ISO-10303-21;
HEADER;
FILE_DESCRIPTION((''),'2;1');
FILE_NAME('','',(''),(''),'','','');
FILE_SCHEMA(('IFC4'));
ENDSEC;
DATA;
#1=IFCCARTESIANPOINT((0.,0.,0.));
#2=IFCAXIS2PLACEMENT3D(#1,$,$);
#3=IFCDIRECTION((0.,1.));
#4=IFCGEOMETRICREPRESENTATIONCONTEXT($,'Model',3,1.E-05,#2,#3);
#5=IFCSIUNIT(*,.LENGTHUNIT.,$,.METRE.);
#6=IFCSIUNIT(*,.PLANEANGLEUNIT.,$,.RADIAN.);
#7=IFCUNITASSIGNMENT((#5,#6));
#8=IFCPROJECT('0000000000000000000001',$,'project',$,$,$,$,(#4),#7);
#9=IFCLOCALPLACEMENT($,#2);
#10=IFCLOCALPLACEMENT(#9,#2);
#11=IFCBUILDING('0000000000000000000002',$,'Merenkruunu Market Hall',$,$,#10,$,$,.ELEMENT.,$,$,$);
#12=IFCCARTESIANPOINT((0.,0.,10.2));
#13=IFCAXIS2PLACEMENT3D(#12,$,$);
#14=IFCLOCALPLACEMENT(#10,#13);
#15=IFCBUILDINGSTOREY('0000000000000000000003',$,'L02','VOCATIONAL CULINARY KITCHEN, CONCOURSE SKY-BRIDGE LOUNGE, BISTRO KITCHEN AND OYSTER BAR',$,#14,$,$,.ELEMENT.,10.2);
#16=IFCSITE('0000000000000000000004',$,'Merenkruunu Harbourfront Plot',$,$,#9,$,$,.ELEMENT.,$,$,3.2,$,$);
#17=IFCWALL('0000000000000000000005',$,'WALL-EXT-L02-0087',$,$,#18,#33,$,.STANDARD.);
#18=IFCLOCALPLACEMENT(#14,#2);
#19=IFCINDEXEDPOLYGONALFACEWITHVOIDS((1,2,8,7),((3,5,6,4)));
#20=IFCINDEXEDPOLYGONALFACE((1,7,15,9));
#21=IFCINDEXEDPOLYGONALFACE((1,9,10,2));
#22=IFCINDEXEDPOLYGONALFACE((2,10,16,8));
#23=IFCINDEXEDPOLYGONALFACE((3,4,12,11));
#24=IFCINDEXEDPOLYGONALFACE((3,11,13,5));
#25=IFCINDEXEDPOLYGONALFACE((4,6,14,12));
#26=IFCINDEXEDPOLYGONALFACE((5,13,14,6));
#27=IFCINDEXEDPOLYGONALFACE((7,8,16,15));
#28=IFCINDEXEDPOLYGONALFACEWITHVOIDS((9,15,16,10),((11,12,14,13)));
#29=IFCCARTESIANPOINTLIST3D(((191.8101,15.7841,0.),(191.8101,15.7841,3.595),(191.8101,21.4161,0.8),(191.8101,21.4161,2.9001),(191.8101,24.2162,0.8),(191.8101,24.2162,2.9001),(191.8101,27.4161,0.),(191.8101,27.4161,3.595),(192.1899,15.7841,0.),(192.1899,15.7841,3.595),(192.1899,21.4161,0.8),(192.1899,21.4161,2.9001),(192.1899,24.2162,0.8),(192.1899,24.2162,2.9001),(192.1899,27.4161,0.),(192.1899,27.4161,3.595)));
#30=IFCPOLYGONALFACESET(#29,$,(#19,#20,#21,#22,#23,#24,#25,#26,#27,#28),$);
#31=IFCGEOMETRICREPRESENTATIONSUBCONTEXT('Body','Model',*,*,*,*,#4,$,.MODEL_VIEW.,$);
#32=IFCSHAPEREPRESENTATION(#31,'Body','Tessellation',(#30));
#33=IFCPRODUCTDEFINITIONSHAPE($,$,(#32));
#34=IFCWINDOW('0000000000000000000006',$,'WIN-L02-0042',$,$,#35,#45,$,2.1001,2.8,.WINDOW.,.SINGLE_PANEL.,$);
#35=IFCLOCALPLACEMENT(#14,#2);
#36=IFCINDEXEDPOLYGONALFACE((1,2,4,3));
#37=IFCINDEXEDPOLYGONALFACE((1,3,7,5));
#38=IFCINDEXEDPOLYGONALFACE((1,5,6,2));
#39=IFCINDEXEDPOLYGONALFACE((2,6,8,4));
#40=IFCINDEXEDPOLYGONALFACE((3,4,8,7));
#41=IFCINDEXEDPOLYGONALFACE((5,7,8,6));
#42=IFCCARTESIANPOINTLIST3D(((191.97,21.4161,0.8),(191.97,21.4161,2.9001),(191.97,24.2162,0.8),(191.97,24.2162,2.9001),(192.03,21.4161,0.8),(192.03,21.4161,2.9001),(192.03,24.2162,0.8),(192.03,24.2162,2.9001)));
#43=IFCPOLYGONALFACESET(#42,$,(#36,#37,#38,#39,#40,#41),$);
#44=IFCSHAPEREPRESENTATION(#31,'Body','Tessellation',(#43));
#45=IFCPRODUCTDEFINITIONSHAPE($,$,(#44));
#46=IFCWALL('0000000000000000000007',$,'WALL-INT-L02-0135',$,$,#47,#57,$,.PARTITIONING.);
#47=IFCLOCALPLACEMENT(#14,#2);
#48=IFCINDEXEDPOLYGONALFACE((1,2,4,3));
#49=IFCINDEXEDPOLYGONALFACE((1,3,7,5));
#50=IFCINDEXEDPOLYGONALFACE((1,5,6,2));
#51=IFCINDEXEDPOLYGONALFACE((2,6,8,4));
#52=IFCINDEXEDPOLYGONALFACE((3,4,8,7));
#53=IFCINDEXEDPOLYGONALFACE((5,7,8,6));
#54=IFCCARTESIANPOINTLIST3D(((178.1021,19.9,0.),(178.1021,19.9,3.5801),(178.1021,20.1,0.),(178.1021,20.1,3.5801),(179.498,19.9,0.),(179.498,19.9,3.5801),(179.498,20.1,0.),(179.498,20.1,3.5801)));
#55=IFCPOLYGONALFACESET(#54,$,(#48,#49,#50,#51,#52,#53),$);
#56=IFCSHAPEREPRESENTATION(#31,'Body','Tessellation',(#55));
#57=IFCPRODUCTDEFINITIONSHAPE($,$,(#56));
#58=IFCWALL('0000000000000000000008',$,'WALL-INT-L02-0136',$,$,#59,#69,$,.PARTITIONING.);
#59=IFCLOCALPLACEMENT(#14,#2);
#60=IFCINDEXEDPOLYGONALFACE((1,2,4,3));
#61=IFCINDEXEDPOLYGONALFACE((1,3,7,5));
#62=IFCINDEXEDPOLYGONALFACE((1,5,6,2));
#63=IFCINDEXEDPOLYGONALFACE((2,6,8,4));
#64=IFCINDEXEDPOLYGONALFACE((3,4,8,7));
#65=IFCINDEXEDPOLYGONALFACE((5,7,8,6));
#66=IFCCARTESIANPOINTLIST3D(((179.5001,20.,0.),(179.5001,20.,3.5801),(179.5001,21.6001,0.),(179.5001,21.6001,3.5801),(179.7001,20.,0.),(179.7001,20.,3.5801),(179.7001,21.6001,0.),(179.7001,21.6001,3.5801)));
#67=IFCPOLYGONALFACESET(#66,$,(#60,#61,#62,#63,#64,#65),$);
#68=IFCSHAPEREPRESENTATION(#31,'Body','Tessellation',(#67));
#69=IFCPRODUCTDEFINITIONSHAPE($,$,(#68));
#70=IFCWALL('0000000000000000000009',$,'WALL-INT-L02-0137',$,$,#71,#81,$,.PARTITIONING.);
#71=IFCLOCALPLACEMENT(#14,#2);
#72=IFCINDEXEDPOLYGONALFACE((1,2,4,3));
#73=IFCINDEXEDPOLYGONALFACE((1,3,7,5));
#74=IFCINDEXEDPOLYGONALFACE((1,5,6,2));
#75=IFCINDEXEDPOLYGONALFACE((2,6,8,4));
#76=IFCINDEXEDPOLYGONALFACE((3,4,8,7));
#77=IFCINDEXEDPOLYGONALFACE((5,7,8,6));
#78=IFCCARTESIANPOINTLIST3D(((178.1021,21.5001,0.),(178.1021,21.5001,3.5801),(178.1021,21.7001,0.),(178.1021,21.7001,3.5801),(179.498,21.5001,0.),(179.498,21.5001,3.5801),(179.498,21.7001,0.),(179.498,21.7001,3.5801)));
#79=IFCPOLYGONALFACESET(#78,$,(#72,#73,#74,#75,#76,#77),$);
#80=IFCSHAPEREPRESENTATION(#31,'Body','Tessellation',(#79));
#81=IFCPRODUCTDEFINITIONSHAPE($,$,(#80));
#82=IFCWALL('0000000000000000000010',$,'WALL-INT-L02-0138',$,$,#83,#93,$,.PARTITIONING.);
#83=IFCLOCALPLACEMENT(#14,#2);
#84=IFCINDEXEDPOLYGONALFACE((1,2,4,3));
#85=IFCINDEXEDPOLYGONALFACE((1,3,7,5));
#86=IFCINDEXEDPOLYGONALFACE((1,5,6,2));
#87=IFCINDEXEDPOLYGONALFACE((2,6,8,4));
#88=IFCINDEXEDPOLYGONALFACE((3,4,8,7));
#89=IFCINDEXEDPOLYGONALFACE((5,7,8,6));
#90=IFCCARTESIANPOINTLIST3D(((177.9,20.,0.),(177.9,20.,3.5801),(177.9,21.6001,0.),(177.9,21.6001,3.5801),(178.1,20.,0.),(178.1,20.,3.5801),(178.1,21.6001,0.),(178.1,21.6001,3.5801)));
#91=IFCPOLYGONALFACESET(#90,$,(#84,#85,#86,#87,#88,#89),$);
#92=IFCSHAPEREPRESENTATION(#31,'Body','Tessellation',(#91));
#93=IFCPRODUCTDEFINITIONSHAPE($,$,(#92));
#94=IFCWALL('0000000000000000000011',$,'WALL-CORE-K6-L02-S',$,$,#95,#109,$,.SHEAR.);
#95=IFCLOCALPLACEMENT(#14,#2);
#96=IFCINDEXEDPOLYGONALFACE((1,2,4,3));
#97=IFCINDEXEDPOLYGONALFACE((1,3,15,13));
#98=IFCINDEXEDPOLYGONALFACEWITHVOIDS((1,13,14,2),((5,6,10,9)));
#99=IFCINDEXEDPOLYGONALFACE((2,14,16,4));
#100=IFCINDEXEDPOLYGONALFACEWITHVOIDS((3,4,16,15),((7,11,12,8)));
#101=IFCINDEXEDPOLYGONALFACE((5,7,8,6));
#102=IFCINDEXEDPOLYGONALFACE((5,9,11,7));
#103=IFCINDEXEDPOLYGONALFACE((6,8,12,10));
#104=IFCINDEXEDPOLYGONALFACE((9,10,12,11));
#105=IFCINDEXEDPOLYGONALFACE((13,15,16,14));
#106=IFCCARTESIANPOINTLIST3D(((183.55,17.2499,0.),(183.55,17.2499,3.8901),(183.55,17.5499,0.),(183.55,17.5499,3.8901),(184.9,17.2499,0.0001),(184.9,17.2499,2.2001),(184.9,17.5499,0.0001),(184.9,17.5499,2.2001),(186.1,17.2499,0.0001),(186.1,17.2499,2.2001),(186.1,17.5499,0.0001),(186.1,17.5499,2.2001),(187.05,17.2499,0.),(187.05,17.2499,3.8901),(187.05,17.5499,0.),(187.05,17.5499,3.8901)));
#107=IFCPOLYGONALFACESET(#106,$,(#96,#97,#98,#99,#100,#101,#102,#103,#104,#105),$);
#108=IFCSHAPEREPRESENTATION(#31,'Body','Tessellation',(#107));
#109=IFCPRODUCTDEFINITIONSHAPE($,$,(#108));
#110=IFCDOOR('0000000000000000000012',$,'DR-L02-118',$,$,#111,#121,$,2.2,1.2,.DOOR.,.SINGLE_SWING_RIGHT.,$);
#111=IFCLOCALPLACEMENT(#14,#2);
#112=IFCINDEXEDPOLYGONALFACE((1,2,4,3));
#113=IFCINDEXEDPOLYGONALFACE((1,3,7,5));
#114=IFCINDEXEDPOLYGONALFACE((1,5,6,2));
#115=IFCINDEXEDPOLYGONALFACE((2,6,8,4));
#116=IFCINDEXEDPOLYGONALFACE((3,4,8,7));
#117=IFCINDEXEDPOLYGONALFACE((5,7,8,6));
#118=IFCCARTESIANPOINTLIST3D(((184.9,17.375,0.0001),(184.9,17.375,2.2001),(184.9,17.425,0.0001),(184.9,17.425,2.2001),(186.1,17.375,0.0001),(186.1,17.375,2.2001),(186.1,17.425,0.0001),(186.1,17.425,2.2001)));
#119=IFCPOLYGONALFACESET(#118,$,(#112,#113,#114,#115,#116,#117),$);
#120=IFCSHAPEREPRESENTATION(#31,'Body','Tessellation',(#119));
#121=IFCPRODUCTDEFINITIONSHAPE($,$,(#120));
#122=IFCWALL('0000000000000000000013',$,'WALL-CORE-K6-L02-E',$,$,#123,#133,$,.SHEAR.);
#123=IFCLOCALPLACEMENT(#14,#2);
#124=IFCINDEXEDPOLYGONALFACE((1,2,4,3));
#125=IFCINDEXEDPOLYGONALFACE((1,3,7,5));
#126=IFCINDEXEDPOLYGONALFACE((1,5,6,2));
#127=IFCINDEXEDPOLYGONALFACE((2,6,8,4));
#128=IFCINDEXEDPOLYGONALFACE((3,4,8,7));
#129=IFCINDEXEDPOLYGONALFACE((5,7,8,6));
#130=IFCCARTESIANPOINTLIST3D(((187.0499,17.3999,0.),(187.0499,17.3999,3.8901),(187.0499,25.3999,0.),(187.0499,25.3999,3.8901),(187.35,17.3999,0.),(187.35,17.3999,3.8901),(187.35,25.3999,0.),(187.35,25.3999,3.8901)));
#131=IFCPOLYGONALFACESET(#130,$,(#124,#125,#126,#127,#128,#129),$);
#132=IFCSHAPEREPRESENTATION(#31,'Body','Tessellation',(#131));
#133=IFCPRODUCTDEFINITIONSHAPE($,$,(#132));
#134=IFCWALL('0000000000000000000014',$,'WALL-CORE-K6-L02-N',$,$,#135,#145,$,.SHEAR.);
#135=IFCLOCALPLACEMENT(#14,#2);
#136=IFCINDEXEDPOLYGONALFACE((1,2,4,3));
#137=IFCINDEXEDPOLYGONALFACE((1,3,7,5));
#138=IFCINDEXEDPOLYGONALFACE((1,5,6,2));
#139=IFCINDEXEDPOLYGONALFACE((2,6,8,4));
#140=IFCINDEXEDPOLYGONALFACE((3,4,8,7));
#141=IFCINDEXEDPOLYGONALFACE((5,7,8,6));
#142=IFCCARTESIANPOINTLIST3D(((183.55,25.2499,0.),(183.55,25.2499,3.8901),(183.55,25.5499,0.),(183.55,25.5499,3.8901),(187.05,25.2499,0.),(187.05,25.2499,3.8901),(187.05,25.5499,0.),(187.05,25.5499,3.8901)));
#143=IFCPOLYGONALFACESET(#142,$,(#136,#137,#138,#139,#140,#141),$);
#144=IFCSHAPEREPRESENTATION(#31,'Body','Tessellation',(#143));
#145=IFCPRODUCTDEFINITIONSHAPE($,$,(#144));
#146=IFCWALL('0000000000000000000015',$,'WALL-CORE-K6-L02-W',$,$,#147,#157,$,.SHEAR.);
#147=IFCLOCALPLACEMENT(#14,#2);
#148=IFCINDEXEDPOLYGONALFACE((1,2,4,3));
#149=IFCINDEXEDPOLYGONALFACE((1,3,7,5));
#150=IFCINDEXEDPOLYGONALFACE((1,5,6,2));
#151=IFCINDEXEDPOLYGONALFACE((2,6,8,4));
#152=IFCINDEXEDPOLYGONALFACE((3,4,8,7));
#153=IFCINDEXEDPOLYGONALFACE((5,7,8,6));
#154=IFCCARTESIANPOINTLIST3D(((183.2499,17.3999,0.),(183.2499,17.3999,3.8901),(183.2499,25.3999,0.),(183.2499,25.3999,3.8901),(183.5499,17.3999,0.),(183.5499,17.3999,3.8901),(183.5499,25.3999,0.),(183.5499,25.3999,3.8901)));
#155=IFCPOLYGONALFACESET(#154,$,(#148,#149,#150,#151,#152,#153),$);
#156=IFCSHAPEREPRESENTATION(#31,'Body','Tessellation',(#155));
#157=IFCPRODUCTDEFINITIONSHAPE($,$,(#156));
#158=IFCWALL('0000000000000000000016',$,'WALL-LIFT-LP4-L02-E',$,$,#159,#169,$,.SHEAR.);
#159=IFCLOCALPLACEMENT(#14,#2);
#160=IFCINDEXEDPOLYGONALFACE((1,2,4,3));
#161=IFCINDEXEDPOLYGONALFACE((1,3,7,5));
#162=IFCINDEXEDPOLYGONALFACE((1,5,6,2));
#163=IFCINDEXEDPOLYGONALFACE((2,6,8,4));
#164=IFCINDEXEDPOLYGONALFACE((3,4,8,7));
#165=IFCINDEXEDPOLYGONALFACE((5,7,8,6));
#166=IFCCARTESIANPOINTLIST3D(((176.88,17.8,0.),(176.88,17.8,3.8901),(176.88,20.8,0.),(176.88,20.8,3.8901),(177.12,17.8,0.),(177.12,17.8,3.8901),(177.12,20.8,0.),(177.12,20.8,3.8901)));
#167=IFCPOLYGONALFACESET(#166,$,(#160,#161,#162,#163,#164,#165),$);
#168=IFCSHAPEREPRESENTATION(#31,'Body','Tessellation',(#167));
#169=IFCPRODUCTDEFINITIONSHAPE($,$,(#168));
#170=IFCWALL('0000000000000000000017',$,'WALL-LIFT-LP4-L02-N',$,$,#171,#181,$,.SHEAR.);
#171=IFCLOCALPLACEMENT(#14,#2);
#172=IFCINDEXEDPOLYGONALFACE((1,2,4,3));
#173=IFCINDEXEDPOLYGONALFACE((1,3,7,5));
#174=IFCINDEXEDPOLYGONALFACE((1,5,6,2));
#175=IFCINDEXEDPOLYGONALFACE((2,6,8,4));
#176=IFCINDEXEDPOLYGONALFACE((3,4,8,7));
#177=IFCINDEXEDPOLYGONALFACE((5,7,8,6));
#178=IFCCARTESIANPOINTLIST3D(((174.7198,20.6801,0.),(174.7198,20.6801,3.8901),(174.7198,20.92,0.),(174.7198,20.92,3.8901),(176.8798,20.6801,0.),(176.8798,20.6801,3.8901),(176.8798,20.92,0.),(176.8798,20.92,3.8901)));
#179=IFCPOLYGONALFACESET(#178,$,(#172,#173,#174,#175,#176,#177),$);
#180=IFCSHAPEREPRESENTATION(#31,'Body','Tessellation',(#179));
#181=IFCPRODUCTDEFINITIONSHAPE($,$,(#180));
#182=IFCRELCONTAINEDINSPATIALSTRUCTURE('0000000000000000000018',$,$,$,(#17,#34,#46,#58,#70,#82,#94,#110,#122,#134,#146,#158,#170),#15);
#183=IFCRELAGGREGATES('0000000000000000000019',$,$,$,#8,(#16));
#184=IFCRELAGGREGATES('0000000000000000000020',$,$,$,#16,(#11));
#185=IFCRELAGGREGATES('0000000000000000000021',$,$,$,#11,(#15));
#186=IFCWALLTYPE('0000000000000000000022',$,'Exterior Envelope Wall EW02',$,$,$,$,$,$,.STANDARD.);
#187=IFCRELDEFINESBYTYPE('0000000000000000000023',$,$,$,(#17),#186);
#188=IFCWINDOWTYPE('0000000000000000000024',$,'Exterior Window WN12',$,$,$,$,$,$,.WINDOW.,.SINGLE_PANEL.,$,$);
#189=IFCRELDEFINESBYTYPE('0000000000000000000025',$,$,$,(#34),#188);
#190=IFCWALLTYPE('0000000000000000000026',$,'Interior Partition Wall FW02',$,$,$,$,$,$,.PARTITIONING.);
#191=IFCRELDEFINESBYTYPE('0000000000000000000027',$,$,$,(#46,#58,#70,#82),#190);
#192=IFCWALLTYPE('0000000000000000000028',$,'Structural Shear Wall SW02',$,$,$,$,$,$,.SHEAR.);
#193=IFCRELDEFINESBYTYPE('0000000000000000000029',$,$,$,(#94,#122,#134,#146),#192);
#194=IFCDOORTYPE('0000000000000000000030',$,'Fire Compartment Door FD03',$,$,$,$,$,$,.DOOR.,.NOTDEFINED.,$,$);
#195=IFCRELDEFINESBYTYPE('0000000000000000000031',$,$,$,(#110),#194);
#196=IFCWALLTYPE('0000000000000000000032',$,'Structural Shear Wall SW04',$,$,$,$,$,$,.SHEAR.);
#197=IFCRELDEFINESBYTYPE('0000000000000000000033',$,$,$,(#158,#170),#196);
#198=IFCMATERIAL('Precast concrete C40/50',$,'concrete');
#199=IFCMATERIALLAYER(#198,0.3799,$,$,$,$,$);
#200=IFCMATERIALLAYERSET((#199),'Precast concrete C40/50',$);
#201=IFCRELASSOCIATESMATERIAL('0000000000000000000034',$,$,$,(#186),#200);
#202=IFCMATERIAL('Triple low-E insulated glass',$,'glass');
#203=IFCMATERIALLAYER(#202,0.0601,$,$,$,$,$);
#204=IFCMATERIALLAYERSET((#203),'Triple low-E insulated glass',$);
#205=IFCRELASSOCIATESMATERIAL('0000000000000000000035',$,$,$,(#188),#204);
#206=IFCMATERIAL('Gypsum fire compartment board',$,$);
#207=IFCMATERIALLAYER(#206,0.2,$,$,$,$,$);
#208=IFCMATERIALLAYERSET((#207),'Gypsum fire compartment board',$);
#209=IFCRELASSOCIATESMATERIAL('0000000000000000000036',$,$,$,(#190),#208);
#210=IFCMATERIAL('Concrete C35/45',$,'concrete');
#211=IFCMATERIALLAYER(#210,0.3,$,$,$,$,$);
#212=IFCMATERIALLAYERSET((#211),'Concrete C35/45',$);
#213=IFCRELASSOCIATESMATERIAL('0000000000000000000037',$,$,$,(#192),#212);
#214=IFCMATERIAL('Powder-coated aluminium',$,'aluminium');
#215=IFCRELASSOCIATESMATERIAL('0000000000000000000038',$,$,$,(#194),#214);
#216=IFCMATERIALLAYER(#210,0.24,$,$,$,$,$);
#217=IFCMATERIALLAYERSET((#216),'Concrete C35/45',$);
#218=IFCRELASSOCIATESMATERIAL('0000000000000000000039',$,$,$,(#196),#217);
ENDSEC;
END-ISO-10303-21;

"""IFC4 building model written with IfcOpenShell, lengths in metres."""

from ifc_helpers import new_model, si_unit, direction, frame, frame_2d, origin, place, context, subcontext, project, spatial, rectangle, extrude, material, layer, layer_set, type_object, element, fill, save


model = new_model("IFC4")

# Units and contexts
model_context = context("Model", 3, precision=1e-05, world=origin(), true_north=direction((0.0, 1.0)))
body_context = subcontext(model_context, "Body", "Model", "MODEL_VIEW")
ifc_project = project(units=[si_unit("LENGTHUNIT", "METRE"), si_unit("PLANEANGLEUNIT", "RADIAN")], contexts=[model_context])

# Site, building, storey
site_placement = place(None, origin())
site = spatial("IfcSite", under=ifc_project, at=site_placement, Name="Merenkruunu Harbourfront Plot", CompositionType="ELEMENT", RefElevation=3.2)
building_placement = place(site_placement, origin())
building = spatial("IfcBuilding", under=site, at=building_placement, Name="Merenkruunu Market Hall", CompositionType="ELEMENT")
storey_placement = place(building_placement, frame((0.0, 0.0, 10.2)))
storey = spatial("IfcBuildingStorey", under=building, at=storey_placement, Name="L02", Description="VOCATIONAL CULINARY KITCHEN, CONCOURSE SKY-BRIDGE LOUNGE, BISTRO KITCHEN AND OYSTER BAR", CompositionType="ELEMENT", Elevation=10.2)

# Wall, opening, window
ifc_material_1 = material(Name="Precast concrete C40/50", Category="concrete")
ifc_layer_1 = layer(ifc_material_1, 0.3799)
ifc_layer_set_1 = layer_set([ifc_layer_1], Name="Precast concrete C40/50")
wall_type_1 = type_object("IfcWallType", Name="Exterior Envelope Wall EW02", PredefinedType="STANDARD", material=ifc_layer_set_1)
wall_1_placement = place(storey_placement, frame((192.0, 27.416, 0.0), z_axis=(0.0, 0.0, 1.0), x_axis=(0.0, -1.0, 0.0)))
wall_1 = element("IfcWall", 1, at=wall_1_placement, inside=storey, type_object=wall_type_1, Name="WALL-EXT-L02-0087", PredefinedType="STANDARD", context=body_context, shape_type="SweptSolid", body=[
    extrude(rectangle(XDim=11.6321, YDim=0.3799, at=frame_2d((5.8159, 0.0))), origin(), (0.0, 0.0, 1.0), 3.595),
])
opening_1_placement = place(wall_1_placement, frame((3.2, 0.0, 0.8)))
opening_1 = element("IfcOpeningElement", 2, at=opening_1_placement, cuts=wall_1, PredefinedType="OPENING", context=body_context, shape_type="SweptSolid", body=[
    extrude(rectangle(XDim=2.8, YDim=2.1001, at=frame_2d((1.3999, 1.05))), frame((0.0, 0.2, 0.0), z_axis=(0.0, -1.0, 0.0), x_axis=(1.0, 0.0, 0.0)), (0.0, 0.0, 1.0), 0.3999),
])
ifc_material_2 = material(Name="Triple low-E insulated glass", Category="glass")
ifc_layer_2 = layer(ifc_material_2, 0.0601)
ifc_layer_set_2 = layer_set([ifc_layer_2], Name="Triple low-E insulated glass")
window_type = type_object("IfcWindowType", Name="Exterior Window WN12", PartitioningType="SINGLE_PANEL", PredefinedType="WINDOW", material=ifc_layer_set_2)
window_placement = place(opening_1_placement, origin())
window = element("IfcWindow", 3, at=window_placement, inside=storey, type_object=window_type, Name="WIN-L02-0042", OverallHeight=2.1001, OverallWidth=2.8, PartitioningType="SINGLE_PANEL", PredefinedType="WINDOW", context=body_context, shape_type="SweptSolid", body=[
    extrude(rectangle(XDim=2.8, YDim=2.1001, at=frame_2d((1.3999, 1.05))), frame((0.0, 0.03, 0.0), z_axis=(0.0, -1.0, 0.0), x_axis=(1.0, 0.0, 0.0)), (0.0, 0.0, 1.0), 0.0601),
])
fill(opening_1, window)

# Walls
ifc_material_3 = material(Name="Gypsum fire compartment board")
ifc_layer_3 = layer(ifc_material_3, 0.2)
ifc_layer_set_3 = layer_set([ifc_layer_3], Name="Gypsum fire compartment board")
wall_type_2 = type_object("IfcWallType", Name="Interior Partition Wall FW02", PredefinedType="PARTITIONING", material=ifc_layer_set_3)
wall_2_placement = place(storey_placement, frame((178.1021, 20.0, 0.0), z_axis=(0.0, 0.0, 1.0), x_axis=(1.0, 0.0, 0.0)))
element("IfcWall", 4, at=wall_2_placement, inside=storey, type_object=wall_type_2, Name="WALL-INT-L02-0135", PredefinedType="PARTITIONING", context=body_context, shape_type="SweptSolid", body=[
    extrude(rectangle(XDim=1.396, YDim=0.2, at=frame_2d((0.698, 0.0))), origin(), (0.0, 0.0, 1.0), 3.5801),
])
wall_3_placement = place(storey_placement, frame((179.6001, 20.0, 0.0), z_axis=(0.0, 0.0, 1.0), x_axis=(0.0, 1.0, 0.0)))
element("IfcWall", 5, at=wall_3_placement, inside=storey, type_object=wall_type_2, Name="WALL-INT-L02-0136", PredefinedType="PARTITIONING", context=body_context, shape_type="SweptSolid", body=[
    extrude(rectangle(XDim=1.6001, YDim=0.2, at=frame_2d((0.8, 0.0))), origin(), (0.0, 0.0, 1.0), 3.5801),
])
wall_4_placement = place(storey_placement, frame((179.498, 21.6001, 0.0), z_axis=(0.0, 0.0, 1.0), x_axis=(-1.0, 0.0, 0.0)))
element("IfcWall", 6, at=wall_4_placement, inside=storey, type_object=wall_type_2, Name="WALL-INT-L02-0137", PredefinedType="PARTITIONING", context=body_context, shape_type="SweptSolid", body=[
    extrude(rectangle(XDim=1.396, YDim=0.2, at=frame_2d((0.698, 0.0))), origin(), (0.0, 0.0, 1.0), 3.5801),
])
wall_5_placement = place(storey_placement, frame((178.0, 21.6001, 0.0), z_axis=(0.0, 0.0, 1.0), x_axis=(0.0, -1.0, 0.0)))
element("IfcWall", 7, at=wall_5_placement, inside=storey, type_object=wall_type_2, Name="WALL-INT-L02-0138", PredefinedType="PARTITIONING", context=body_context, shape_type="SweptSolid", body=[
    extrude(rectangle(XDim=1.6001, YDim=0.2, at=frame_2d((0.8, 0.0))), origin(), (0.0, 0.0, 1.0), 3.5801),
])

# Wall, opening, door
ifc_material_4 = material(Name="Concrete C35/45", Category="concrete")
ifc_layer_4 = layer(ifc_material_4, 0.3)
ifc_layer_set_4 = layer_set([ifc_layer_4], Name="Concrete C35/45")
wall_type_3 = type_object("IfcWallType", Name="Structural Shear Wall SW02", PredefinedType="SHEAR", material=ifc_layer_set_4)
wall_6_placement = place(storey_placement, frame((187.05, 17.3999, 0.0), z_axis=(0.0, 0.0, 1.0), x_axis=(-1.0, 0.0, 0.0)))
wall_6 = element("IfcWall", 8, at=wall_6_placement, inside=storey, type_object=wall_type_3, Name="WALL-CORE-K6-L02-S", PredefinedType="SHEAR", context=body_context, shape_type="SweptSolid", body=[
    extrude(rectangle(XDim=3.5, YDim=0.3, at=frame_2d((1.75, 0.0))), origin(), (0.0, 0.0, 1.0), 3.8901),
])
opening_2_placement = place(wall_6_placement, frame((0.95, 0.0, 0.0)))
opening_2 = element("IfcOpeningElement", 9, at=opening_2_placement, cuts=wall_6, PredefinedType="OPENING", context=body_context, shape_type="SweptSolid", body=[
    extrude(rectangle(XDim=1.2, YDim=2.2, at=frame_2d((0.6001, 1.1001))), frame((0.0, 0.1602, 0.0), z_axis=(0.0, -1.0, 0.0), x_axis=(1.0, 0.0, 0.0)), (0.0, 0.0, 1.0), 0.3201),
])
ifc_material_5 = material(Name="Powder-coated aluminium", Category="aluminium")
door_type = type_object("IfcDoorType", Name="Fire Compartment Door FD03", OperationType="NOTDEFINED", PredefinedType="DOOR", material=ifc_material_5)
door_placement = place(opening_2_placement, origin())
door = element("IfcDoor", 10, at=door_placement, inside=storey, type_object=door_type, Name="DR-L02-118", OperationType="SINGLE_SWING_RIGHT", OverallHeight=2.2, OverallWidth=1.2, PredefinedType="DOOR", context=body_context, shape_type="SweptSolid", body=[
    extrude(rectangle(XDim=1.2, YDim=2.2, at=frame_2d((0.6001, 1.1001))), frame((0.0, 0.0249, 0.0), z_axis=(0.0, -1.0, 0.0), x_axis=(1.0, 0.0, 0.0)), (0.0, 0.0, 1.0), 0.05),
])
fill(opening_2, door)

# Walls
wall_7_placement = place(storey_placement, frame((187.2, 17.3999, 0.0), z_axis=(0.0, 0.0, 1.0), x_axis=(0.0, 1.0, 0.0)))
element("IfcWall", 11, at=wall_7_placement, inside=storey, type_object=wall_type_3, Name="WALL-CORE-K6-L02-E", PredefinedType="SHEAR", context=body_context, shape_type="SweptSolid", body=[
    extrude(rectangle(XDim=8.0, YDim=0.3, at=frame_2d((4.0, 0.0))), origin(), (0.0, 0.0, 1.0), 3.8901),
])
wall_8_placement = place(storey_placement, frame((187.05, 25.3999, 0.0), z_axis=(0.0, 0.0, 1.0), x_axis=(-1.0, 0.0, 0.0)))
element("IfcWall", 12, at=wall_8_placement, inside=storey, type_object=wall_type_3, Name="WALL-CORE-K6-L02-N", PredefinedType="SHEAR", context=body_context, shape_type="SweptSolid", body=[
    extrude(rectangle(XDim=3.5, YDim=0.3, at=frame_2d((1.75, 0.0))), origin(), (0.0, 0.0, 1.0), 3.8901),
])
wall_9_placement = place(storey_placement, frame((183.3999, 25.3999, 0.0), z_axis=(0.0, 0.0, 1.0), x_axis=(0.0, -1.0, 0.0)))
element("IfcWall", 13, at=wall_9_placement, inside=storey, type_object=wall_type_3, Name="WALL-CORE-K6-L02-W", PredefinedType="SHEAR", context=body_context, shape_type="SweptSolid", body=[
    extrude(rectangle(XDim=8.0, YDim=0.3, at=frame_2d((4.0, 0.0))), origin(), (0.0, 0.0, 1.0), 3.8901),
])
ifc_layer_5 = layer(ifc_material_4, 0.24)
ifc_layer_set_5 = layer_set([ifc_layer_5], Name="Concrete C35/45")
wall_type_4 = type_object("IfcWallType", Name="Structural Shear Wall SW04", PredefinedType="SHEAR", material=ifc_layer_set_5)
wall_10_placement = place(storey_placement, frame((177.0, 17.8, 0.0), z_axis=(0.0, 0.0, 1.0), x_axis=(0.0, 1.0, 0.0)))
element("IfcWall", 14, at=wall_10_placement, inside=storey, type_object=wall_type_4, Name="WALL-LIFT-LP4-L02-E", PredefinedType="SHEAR", context=body_context, shape_type="SweptSolid", body=[
    extrude(rectangle(XDim=3.0, YDim=0.24, at=frame_2d((1.5, 0.0))), origin(), (0.0, 0.0, 1.0), 3.8901),
])
for number, where, z_axis, x_axis, name in (
    (15, (176.8799, 20.8, 0.0), (0.0, 0.0, 1.0), (-1.0, 0.0, 0.0), "WALL-LIFT-LP4-L02-N"),
):
    element("IfcWall", number, at=place(storey_placement, frame(where, z_axis=z_axis, x_axis=x_axis)), inside=storey, type_object=wall_type_4, Name=name, PredefinedType="SHEAR", context=body_context, shape_type="SweptSolid", body=[
        extrude(rectangle(XDim=2.1599, YDim=0.24, at=frame_2d((1.0801, 0.0))), origin(), (0.0, 0.0, 1.0), 3.8901),
    ])

save(model, "model.ifc")
